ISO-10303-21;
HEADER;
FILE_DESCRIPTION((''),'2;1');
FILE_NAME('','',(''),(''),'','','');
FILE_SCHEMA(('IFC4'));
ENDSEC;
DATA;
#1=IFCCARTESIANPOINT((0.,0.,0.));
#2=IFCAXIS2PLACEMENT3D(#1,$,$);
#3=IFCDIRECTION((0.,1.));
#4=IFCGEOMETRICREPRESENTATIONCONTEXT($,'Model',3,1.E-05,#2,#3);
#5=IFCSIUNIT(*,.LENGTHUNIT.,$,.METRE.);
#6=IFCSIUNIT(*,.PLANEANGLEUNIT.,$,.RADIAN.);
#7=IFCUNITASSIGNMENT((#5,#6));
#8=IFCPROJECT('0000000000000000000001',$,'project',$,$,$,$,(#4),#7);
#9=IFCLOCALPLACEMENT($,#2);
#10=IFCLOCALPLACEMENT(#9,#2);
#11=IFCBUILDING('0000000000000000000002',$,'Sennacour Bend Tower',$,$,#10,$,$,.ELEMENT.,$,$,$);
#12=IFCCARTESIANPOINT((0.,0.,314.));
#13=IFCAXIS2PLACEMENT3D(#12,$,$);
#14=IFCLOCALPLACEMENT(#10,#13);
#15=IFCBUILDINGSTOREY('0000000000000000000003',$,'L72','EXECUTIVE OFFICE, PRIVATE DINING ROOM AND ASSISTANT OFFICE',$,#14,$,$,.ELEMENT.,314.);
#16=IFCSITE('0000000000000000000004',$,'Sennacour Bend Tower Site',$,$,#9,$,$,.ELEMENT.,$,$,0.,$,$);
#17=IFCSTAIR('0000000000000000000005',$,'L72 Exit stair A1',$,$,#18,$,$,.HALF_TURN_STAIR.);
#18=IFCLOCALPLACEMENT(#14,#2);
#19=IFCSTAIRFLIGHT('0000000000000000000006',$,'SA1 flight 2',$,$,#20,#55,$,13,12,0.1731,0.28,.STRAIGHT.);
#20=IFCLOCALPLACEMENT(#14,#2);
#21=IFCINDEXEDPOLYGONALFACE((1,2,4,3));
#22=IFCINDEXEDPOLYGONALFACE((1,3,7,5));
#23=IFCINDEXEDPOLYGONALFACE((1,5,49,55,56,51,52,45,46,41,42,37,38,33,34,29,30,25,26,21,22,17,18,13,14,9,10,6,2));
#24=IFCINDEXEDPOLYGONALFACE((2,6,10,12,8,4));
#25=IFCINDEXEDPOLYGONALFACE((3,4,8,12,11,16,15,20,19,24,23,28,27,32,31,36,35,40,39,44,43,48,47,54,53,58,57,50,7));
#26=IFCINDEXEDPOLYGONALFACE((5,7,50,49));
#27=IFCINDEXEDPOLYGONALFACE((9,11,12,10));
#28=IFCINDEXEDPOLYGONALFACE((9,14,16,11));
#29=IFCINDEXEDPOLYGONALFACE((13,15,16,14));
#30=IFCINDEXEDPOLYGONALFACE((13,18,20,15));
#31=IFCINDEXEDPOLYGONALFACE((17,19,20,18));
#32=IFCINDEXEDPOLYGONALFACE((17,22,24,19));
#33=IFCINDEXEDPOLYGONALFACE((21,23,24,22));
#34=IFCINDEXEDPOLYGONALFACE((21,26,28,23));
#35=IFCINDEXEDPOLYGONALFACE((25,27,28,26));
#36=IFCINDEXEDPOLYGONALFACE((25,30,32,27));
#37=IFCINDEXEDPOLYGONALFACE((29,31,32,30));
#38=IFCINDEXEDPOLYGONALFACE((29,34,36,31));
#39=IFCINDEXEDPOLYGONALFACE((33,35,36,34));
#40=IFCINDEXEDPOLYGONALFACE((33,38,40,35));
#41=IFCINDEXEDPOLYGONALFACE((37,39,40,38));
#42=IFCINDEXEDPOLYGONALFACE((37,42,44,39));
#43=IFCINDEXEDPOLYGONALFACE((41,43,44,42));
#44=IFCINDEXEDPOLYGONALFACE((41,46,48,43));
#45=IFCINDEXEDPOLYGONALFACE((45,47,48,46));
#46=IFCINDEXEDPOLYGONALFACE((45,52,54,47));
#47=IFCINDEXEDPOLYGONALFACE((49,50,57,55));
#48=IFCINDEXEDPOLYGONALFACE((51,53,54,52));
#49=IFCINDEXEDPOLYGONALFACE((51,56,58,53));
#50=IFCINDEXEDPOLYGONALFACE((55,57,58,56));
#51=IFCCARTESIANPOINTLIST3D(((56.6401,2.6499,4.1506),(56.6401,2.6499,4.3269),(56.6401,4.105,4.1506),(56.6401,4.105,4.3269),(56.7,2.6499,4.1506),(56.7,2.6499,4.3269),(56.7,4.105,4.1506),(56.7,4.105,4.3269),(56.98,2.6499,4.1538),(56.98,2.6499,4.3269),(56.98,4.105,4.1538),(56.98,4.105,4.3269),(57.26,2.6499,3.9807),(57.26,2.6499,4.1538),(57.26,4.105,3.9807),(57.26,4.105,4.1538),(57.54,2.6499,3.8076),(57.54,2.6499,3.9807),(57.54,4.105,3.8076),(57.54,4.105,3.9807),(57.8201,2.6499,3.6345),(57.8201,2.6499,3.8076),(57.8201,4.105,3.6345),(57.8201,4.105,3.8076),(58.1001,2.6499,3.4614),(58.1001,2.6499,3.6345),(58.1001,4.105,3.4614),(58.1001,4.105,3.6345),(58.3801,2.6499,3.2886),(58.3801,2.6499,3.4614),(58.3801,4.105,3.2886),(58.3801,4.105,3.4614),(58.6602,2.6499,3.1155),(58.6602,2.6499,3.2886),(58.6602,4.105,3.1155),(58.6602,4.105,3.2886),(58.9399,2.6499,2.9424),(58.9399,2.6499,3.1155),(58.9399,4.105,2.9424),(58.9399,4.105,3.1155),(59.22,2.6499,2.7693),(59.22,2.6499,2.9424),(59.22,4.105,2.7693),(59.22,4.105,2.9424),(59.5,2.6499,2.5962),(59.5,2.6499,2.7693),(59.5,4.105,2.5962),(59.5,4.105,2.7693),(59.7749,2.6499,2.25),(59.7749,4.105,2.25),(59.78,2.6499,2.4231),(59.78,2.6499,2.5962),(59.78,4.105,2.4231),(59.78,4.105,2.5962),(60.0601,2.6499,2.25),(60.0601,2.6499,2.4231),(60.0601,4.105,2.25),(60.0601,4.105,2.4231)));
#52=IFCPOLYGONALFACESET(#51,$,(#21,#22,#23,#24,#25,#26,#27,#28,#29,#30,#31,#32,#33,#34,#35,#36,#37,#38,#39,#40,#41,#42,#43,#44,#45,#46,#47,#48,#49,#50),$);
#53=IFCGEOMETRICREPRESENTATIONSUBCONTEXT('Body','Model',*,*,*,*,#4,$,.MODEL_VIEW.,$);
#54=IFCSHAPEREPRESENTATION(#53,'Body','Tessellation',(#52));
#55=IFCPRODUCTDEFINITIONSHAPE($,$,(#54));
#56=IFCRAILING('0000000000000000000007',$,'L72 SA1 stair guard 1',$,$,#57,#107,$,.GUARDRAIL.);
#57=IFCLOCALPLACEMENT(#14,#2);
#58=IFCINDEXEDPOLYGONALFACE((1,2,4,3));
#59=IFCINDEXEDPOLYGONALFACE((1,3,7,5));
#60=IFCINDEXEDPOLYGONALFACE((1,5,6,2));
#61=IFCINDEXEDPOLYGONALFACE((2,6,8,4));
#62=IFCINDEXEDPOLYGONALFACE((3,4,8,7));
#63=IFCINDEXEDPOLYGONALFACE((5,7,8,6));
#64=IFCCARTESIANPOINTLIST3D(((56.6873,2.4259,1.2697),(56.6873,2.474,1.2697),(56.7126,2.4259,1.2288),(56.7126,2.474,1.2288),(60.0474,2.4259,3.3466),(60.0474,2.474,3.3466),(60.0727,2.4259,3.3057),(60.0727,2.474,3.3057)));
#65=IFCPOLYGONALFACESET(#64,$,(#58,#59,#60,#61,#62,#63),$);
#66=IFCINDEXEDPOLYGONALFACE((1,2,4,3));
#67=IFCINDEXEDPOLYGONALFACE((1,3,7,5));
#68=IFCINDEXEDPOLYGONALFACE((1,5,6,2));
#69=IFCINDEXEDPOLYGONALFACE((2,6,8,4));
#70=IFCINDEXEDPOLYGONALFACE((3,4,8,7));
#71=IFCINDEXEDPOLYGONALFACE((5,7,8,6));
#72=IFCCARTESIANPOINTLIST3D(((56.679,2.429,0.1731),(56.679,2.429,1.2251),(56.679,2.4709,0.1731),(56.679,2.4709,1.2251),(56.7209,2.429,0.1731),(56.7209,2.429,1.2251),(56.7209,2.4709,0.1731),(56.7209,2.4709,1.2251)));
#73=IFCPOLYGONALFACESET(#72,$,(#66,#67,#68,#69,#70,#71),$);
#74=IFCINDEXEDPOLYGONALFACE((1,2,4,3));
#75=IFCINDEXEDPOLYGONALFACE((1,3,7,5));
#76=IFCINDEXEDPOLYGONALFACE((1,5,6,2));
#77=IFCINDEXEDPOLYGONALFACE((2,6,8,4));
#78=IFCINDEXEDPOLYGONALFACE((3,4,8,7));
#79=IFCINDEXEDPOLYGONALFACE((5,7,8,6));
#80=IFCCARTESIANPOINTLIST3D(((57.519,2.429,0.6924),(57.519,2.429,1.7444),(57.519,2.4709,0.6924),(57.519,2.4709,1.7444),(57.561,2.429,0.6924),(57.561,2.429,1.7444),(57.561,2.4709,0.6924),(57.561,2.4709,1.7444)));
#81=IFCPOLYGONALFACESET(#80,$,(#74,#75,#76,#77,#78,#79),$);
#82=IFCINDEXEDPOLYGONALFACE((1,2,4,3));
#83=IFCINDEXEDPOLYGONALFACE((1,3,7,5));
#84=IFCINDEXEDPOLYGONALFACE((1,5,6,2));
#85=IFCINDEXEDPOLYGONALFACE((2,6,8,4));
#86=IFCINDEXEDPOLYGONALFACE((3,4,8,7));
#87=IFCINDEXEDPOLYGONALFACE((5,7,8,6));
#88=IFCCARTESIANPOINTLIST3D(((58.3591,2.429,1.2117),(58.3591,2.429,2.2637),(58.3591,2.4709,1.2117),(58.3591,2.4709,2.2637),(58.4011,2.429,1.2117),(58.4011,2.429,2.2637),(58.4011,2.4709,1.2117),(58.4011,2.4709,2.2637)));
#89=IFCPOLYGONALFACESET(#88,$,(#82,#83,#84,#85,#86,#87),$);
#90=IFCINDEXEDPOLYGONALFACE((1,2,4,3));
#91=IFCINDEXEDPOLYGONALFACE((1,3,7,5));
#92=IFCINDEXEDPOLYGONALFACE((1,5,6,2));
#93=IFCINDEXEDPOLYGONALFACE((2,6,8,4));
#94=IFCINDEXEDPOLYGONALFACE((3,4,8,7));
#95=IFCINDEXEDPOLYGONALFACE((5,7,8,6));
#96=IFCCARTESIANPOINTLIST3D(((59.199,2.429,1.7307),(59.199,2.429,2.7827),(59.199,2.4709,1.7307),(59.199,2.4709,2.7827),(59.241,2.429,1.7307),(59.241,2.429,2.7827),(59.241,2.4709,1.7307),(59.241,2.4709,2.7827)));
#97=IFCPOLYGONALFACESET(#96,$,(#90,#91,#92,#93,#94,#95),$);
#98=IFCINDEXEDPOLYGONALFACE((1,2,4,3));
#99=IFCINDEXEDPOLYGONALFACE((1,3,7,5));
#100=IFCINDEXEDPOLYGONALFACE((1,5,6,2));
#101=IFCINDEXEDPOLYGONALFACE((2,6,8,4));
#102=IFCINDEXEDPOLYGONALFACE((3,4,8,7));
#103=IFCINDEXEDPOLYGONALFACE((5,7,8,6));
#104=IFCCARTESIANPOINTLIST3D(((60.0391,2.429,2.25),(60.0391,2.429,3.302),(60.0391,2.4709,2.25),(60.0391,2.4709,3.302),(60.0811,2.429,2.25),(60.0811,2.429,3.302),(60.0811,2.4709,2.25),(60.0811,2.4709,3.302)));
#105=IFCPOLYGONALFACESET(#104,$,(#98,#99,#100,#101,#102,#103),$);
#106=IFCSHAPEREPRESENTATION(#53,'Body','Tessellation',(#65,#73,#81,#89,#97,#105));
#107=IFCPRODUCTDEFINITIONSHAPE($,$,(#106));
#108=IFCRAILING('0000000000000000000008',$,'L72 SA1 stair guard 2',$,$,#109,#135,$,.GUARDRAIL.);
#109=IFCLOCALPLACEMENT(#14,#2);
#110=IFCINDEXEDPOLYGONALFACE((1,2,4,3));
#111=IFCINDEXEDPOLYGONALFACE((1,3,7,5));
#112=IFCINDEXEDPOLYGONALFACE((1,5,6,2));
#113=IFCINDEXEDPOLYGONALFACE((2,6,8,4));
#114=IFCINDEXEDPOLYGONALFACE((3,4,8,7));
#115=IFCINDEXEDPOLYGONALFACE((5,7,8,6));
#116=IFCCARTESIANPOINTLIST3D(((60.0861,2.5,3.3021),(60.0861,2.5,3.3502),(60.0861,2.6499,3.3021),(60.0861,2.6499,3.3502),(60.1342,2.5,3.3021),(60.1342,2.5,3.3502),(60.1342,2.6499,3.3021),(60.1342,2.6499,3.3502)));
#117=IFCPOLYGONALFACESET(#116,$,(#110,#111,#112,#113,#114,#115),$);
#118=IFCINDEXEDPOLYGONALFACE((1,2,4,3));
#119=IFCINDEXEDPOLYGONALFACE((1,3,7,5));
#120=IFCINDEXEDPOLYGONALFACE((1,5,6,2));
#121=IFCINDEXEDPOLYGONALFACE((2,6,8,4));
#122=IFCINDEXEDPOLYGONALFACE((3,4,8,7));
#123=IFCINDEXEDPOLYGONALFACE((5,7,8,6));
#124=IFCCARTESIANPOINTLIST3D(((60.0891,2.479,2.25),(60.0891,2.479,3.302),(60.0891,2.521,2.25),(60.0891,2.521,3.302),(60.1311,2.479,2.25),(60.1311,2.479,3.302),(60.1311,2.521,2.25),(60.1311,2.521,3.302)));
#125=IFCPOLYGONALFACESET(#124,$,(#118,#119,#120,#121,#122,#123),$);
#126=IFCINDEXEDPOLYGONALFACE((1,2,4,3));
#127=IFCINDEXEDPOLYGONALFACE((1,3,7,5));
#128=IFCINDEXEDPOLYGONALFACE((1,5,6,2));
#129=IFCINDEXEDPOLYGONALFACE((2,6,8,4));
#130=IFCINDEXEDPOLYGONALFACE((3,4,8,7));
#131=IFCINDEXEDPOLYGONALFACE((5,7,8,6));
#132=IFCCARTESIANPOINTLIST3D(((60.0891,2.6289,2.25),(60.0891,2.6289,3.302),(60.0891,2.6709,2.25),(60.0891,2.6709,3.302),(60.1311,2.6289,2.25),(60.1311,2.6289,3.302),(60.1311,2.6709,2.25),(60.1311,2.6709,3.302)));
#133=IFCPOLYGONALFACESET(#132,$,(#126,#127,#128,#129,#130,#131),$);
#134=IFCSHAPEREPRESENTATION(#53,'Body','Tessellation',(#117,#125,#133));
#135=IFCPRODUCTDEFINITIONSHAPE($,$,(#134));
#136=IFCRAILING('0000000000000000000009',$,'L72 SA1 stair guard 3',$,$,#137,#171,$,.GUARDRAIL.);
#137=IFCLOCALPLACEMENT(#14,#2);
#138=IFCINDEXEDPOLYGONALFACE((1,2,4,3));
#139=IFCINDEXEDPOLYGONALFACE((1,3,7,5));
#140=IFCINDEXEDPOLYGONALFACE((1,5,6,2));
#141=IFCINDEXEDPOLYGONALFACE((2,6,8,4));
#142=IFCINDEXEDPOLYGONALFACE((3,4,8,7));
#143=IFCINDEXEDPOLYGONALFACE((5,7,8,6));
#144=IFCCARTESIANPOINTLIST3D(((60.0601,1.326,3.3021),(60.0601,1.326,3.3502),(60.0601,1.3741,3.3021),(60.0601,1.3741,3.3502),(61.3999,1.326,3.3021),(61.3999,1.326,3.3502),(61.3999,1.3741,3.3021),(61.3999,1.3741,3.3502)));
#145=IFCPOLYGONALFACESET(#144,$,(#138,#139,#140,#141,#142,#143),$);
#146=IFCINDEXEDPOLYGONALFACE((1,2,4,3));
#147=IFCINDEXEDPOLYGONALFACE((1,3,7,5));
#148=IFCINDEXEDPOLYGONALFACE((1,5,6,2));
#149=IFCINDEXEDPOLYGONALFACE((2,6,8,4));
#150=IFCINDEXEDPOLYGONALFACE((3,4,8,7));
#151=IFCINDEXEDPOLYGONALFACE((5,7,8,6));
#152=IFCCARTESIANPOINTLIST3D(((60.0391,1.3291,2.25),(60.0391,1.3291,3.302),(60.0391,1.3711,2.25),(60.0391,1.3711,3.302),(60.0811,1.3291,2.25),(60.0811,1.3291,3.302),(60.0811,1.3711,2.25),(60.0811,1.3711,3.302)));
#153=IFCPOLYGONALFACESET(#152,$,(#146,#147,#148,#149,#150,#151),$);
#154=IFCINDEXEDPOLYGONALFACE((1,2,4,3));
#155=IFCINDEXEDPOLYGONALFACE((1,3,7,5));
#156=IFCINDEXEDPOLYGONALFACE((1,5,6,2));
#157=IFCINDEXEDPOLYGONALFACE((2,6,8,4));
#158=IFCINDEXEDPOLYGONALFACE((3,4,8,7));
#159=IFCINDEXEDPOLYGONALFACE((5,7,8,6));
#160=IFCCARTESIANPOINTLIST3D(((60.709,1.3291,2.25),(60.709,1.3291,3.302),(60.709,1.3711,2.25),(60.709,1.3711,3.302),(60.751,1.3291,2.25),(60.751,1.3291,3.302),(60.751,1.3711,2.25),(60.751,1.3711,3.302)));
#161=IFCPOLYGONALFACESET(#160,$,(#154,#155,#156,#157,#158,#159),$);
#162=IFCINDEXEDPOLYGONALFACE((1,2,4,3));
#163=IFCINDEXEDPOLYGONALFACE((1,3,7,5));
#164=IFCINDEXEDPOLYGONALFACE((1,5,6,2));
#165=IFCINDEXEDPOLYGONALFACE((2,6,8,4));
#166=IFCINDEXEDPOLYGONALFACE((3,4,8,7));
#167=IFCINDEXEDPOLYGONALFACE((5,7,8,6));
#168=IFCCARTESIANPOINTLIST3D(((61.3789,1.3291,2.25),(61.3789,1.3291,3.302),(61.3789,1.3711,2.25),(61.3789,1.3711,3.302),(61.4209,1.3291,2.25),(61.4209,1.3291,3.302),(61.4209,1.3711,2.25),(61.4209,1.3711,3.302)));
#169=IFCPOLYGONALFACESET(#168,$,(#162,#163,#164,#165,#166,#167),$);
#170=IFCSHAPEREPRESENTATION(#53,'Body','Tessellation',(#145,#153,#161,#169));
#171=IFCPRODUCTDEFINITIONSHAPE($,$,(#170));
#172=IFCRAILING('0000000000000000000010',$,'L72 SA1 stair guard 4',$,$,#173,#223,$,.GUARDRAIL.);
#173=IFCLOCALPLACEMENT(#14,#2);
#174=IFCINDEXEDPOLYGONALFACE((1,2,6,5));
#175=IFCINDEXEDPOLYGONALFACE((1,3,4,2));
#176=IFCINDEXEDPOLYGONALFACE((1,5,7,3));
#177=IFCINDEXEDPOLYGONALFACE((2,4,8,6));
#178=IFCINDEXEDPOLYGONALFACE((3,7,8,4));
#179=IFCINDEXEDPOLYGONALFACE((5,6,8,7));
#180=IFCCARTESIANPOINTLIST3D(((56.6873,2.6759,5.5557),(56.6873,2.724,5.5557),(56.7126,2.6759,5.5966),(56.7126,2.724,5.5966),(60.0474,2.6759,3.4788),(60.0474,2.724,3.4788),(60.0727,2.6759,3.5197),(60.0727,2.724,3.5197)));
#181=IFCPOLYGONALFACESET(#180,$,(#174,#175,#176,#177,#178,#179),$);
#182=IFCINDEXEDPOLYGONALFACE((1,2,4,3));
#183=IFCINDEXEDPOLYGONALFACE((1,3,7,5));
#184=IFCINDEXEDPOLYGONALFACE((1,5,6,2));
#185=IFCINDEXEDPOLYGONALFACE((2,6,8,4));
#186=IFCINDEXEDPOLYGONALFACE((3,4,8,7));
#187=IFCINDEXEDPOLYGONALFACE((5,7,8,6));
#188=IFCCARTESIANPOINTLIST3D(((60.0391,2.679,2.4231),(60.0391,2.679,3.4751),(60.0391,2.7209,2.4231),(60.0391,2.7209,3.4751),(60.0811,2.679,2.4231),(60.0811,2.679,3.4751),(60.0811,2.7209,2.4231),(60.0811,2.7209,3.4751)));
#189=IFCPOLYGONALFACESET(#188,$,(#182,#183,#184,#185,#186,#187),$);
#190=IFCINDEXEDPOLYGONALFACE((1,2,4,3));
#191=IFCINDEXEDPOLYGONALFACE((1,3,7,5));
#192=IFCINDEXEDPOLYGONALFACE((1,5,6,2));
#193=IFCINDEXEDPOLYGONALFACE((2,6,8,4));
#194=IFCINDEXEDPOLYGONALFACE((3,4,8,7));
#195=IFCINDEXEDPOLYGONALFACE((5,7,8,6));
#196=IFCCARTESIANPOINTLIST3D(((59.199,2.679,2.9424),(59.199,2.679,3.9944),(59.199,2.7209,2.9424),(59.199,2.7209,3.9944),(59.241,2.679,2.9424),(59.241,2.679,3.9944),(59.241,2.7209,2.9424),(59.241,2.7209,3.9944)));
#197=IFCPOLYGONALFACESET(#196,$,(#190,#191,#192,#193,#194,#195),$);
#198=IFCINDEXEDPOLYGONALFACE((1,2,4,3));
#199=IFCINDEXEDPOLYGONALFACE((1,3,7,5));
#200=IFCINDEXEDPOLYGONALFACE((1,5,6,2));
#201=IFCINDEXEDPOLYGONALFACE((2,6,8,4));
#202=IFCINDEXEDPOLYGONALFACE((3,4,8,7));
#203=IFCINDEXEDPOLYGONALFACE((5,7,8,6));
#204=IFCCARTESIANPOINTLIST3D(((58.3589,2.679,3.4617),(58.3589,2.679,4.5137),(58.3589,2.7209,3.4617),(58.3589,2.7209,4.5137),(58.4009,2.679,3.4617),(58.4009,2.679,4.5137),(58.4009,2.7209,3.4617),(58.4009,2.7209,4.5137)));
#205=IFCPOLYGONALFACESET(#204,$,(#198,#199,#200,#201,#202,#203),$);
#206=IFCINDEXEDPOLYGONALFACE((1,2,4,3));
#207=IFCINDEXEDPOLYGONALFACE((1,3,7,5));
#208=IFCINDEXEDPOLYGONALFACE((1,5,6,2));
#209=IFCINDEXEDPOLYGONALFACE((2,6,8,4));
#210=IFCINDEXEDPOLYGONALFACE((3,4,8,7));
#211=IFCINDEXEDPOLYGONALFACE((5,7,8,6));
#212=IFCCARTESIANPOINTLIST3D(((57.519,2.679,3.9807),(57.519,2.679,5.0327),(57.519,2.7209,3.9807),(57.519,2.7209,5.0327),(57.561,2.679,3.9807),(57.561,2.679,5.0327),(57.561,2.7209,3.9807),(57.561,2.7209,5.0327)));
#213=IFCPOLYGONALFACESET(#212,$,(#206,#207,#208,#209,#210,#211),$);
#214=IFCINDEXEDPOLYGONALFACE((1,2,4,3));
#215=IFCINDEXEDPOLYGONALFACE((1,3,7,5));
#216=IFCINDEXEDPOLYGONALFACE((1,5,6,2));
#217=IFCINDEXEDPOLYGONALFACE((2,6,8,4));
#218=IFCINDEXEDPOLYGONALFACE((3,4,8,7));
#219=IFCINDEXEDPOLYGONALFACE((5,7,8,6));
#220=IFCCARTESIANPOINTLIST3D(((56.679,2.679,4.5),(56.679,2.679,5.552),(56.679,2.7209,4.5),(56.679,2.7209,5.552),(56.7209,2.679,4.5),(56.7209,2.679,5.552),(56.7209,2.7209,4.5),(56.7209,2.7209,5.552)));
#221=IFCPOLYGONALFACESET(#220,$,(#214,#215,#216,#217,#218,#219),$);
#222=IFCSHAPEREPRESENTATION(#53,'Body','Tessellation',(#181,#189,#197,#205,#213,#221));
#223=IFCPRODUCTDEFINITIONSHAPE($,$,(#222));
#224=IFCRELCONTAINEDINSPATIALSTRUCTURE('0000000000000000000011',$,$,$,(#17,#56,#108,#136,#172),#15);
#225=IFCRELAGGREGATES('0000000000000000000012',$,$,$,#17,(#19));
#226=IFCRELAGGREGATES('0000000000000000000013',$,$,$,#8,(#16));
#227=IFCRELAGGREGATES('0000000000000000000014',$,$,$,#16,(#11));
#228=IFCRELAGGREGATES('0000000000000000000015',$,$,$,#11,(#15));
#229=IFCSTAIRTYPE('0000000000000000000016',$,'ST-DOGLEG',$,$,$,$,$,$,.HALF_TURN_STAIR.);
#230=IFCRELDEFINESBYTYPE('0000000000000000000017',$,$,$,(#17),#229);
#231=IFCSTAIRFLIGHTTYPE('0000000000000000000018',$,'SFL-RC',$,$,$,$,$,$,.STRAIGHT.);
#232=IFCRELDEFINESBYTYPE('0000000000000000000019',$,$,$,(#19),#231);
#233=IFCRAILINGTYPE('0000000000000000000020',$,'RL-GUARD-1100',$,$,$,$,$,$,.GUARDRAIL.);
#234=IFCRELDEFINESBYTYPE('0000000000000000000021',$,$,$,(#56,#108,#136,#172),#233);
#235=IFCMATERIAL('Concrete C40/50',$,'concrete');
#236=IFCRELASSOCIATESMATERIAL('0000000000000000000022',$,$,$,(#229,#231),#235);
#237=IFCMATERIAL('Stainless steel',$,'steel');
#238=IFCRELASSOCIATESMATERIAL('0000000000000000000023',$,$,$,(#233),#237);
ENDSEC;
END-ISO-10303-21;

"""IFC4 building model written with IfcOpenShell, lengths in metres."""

from ifc_helpers import new_model, si_unit, direction, frame, origin, origin_2d, place, context, subcontext, project, spatial, polyline, rectangle, outline, extrude, material, type_object, element, aggregate, save


model = new_model("IFC4")

# Units and contexts
model_context = context("Model", 3, precision=1e-05, world=origin(), true_north=direction((0.0, 1.0)))
body_context = subcontext(model_context, "Body", "Model", "MODEL_VIEW")
ifc_project = project(units=[si_unit("LENGTHUNIT", "METRE"), si_unit("PLANEANGLEUNIT", "RADIAN")], contexts=[model_context])

# Site, building, storey
site_placement = place(None, origin())
site = spatial("IfcSite", under=ifc_project, at=site_placement, Name="Sennacour Bend Tower Site", CompositionType="ELEMENT", RefElevation=0.0)
building_placement = place(site_placement, origin())
building = spatial("IfcBuilding", under=site, at=building_placement, Name="Sennacour Bend Tower", CompositionType="ELEMENT")
storey_placement = place(building_placement, frame((0.0, 0.0, 314.0)))
storey = spatial("IfcBuildingStorey", under=building, at=storey_placement, Name="L72", Description="EXECUTIVE OFFICE, PRIVATE DINING ROOM AND ASSISTANT OFFICE", CompositionType="ELEMENT", Elevation=314.0)

# Stair, stair flight
ifc_material_1 = material(Name="Concrete C40/50", Category="concrete")
stair_type = type_object("IfcStairType", Name="ST-DOGLEG", PredefinedType="HALF_TURN_STAIR", material=ifc_material_1)
stair_placement = place(storey_placement, origin())
stair = element("IfcStair", 1, at=stair_placement, inside=storey, type_object=stair_type, Name="L72 Exit stair A1", PredefinedType="HALF_TURN_STAIR")
stair_flight_type = type_object("IfcStairFlightType", Name="SFL-RC", PredefinedType="STRAIGHT", material=ifc_material_1)
stair_flight_1_placement = place(storey_placement, frame((60.0601, 3.3774, 2.25), z_axis=(0.0, 0.0, 1.0), x_axis=(-1.0, 0.0, 0.0)))
stair_flight_1 = element("IfcStairFlight", 2, at=stair_flight_1_placement, type_object=stair_flight_type, Name="SA1 flight 2", NumberOfRisers=13, NumberOfTreads=12, PredefinedType="STRAIGHT", RiserHeight=0.1731, TreadLength=0.28, context=body_context, shape_type="SweptSolid", body=[
    extrude(outline(polyline([(0.0, 0.0), (0.0, 0.1731), (0.28, 0.1731), (0.28, 0.3462), (0.5601, 0.3462), (0.5601, 0.5193), (0.8401, 0.5193), (0.8401, 0.6924), (1.1201, 0.6924), (1.1201, 0.8655), (1.3999, 0.8655), (1.3999, 1.0386), (1.6799, 1.0386), (1.6799, 1.2114), (1.96, 1.2114), (1.96, 1.3845), (2.24, 1.3845), (2.24, 1.5576), (2.52, 1.5576), (2.52, 1.7307), (2.8, 1.7307), (2.8, 1.9038), (3.0801, 1.9038), (3.0801, 2.0769), (3.3601, 2.0769), (3.4199, 2.0769), (3.4199, 1.9006), (3.3601, 1.9006), (0.2852, 0.0), (0.0, 0.0)])), frame((0.0, 0.7275, 0.0), z_axis=(0.0, -1.0, 0.0), x_axis=(1.0, 0.0, 0.0)), (0.0, 0.0, 1.0), 1.4551),
])
aggregate(stair, [stair_flight_1])

# Railings
ifc_material_2 = material(Name="Stainless steel", Category="steel")
railing_type_1 = type_object("IfcRailingType", Name="RL-GUARD-1100", PredefinedType="GUARDRAIL", material=ifc_material_2)
railing_1_placement = place(storey_placement, frame((56.7, 2.45, 0.1731)))
element("IfcRailing", 3, at=railing_1_placement, inside=storey, type_object=railing_type_1, Name="L72 SA1 stair guard 1", PredefinedType="GUARDRAIL", context=body_context, shape_type="SweptSolid", body=[
    extrude(rectangle(XDim=0.0481, YDim=0.0481, at=origin_2d()), frame((0.0, 0.0, 1.0762), z_axis=(0.850623, 0.0, 0.525776), x_axis=(0.0, 1.0, 0.0)), (0.0, 0.0, 1.0), 3.9502),
    extrude(rectangle(XDim=0.042, YDim=0.042, at=origin_2d()), origin(), (0.0, 0.0, 1.0), 1.052),
    extrude(rectangle(XDim=0.042, YDim=0.042, at=origin_2d()), frame((0.8401, 0.0, 0.5193)), (0.0, 0.0, 1.0), 1.052),
    extrude(rectangle(XDim=0.042, YDim=0.042, at=origin_2d()), frame((1.6802, 0.0, 1.0386)), (0.0, 0.0, 1.0), 1.052),
    extrude(rectangle(XDim=0.042, YDim=0.042, at=origin_2d()), frame((2.52, 0.0, 1.5576)), (0.0, 0.0, 1.0), 1.052),
    extrude(rectangle(XDim=0.042, YDim=0.042, at=origin_2d()), frame((3.3601, 0.0, 2.0769)), (0.0, 0.0, 1.0), 1.052),
])
railing_2_placement = place(storey_placement, frame((60.1101, 2.5, 2.25)))
element("IfcRailing", 4, at=railing_2_placement, inside=storey, type_object=railing_type_1, Name="L72 SA1 stair guard 2", PredefinedType="GUARDRAIL", context=body_context, shape_type="SweptSolid", body=[
    extrude(rectangle(XDim=0.0481, YDim=0.0481, at=origin_2d()), frame((0.0, 0.0, 1.0762), z_axis=(0.0, 1.0, 0.0), x_axis=(-1.0, 0.0, 0.0)), (0.0, 0.0, 1.0), 0.1499),
    extrude(rectangle(XDim=0.042, YDim=0.042, at=origin_2d()), origin(), (0.0, 0.0, 1.0), 1.052),
    extrude(rectangle(XDim=0.042, YDim=0.042, at=origin_2d()), frame((0.0, 0.1499, 0.0)), (0.0, 0.0, 1.0), 1.052),
])
railing_3_placement = place(storey_placement, frame((60.0601, 1.3501, 2.25)))
element("IfcRailing", 5, at=railing_3_placement, inside=storey, type_object=railing_type_1, Name="L72 SA1 stair guard 3", PredefinedType="GUARDRAIL", context=body_context, shape_type="SweptSolid", body=[
    extrude(rectangle(XDim=0.0481, YDim=0.0481, at=origin_2d()), frame((0.0, 0.0, 1.0762), z_axis=(1.0, 0.0, 0.0), x_axis=(0.0, 1.0, 0.0)), (0.0, 0.0, 1.0), 1.3398),
    extrude(rectangle(XDim=0.042, YDim=0.042, at=origin_2d()), origin(), (0.0, 0.0, 1.0), 1.052),
    extrude(rectangle(XDim=0.042, YDim=0.042, at=origin_2d()), frame((0.6699, 0.0, 0.0)), (0.0, 0.0, 1.0), 1.052),
    extrude(rectangle(XDim=0.042, YDim=0.042, at=origin_2d()), frame((1.3398, 0.0, 0.0)), (0.0, 0.0, 1.0), 1.052),
])
railing_4_placement = place(storey_placement, frame((60.0601, 2.7, 2.4231)))
element("IfcRailing", 6, at=railing_4_placement, inside=storey, type_object=railing_type_1, Name="L72 SA1 stair guard 4", PredefinedType="GUARDRAIL", context=body_context, shape_type="SweptSolid", body=[
    extrude(rectangle(XDim=0.0481, YDim=0.0481, at=origin_2d()), frame((0.0, 0.0, 1.0762), z_axis=(-0.850623, 0.0, 0.525776), x_axis=(0.0, -1.0, 0.0)), (0.0, 0.0, 1.0), 3.9502),
    extrude(rectangle(XDim=0.042, YDim=0.042, at=origin_2d()), origin(), (0.0, 0.0, 1.0), 1.052),
    extrude(rectangle(XDim=0.042, YDim=0.042, at=origin_2d()), frame((-0.8401, 0.0, 0.5193)), (0.0, 0.0, 1.0), 1.052),
    extrude(rectangle(XDim=0.042, YDim=0.042, at=origin_2d()), frame((-1.6802, 0.0, 1.0386)), (0.0, 0.0, 1.0), 1.052),
    extrude(rectangle(XDim=0.042, YDim=0.042, at=origin_2d()), frame((-2.52, 0.0, 1.5576)), (0.0, 0.0, 1.0), 1.052),
    extrude(rectangle(XDim=0.042, YDim=0.042, at=origin_2d()), frame((-3.3601, 0.0, 2.0769)), (0.0, 0.0, 1.0), 1.052),
])

save(model, "model.ifc")
